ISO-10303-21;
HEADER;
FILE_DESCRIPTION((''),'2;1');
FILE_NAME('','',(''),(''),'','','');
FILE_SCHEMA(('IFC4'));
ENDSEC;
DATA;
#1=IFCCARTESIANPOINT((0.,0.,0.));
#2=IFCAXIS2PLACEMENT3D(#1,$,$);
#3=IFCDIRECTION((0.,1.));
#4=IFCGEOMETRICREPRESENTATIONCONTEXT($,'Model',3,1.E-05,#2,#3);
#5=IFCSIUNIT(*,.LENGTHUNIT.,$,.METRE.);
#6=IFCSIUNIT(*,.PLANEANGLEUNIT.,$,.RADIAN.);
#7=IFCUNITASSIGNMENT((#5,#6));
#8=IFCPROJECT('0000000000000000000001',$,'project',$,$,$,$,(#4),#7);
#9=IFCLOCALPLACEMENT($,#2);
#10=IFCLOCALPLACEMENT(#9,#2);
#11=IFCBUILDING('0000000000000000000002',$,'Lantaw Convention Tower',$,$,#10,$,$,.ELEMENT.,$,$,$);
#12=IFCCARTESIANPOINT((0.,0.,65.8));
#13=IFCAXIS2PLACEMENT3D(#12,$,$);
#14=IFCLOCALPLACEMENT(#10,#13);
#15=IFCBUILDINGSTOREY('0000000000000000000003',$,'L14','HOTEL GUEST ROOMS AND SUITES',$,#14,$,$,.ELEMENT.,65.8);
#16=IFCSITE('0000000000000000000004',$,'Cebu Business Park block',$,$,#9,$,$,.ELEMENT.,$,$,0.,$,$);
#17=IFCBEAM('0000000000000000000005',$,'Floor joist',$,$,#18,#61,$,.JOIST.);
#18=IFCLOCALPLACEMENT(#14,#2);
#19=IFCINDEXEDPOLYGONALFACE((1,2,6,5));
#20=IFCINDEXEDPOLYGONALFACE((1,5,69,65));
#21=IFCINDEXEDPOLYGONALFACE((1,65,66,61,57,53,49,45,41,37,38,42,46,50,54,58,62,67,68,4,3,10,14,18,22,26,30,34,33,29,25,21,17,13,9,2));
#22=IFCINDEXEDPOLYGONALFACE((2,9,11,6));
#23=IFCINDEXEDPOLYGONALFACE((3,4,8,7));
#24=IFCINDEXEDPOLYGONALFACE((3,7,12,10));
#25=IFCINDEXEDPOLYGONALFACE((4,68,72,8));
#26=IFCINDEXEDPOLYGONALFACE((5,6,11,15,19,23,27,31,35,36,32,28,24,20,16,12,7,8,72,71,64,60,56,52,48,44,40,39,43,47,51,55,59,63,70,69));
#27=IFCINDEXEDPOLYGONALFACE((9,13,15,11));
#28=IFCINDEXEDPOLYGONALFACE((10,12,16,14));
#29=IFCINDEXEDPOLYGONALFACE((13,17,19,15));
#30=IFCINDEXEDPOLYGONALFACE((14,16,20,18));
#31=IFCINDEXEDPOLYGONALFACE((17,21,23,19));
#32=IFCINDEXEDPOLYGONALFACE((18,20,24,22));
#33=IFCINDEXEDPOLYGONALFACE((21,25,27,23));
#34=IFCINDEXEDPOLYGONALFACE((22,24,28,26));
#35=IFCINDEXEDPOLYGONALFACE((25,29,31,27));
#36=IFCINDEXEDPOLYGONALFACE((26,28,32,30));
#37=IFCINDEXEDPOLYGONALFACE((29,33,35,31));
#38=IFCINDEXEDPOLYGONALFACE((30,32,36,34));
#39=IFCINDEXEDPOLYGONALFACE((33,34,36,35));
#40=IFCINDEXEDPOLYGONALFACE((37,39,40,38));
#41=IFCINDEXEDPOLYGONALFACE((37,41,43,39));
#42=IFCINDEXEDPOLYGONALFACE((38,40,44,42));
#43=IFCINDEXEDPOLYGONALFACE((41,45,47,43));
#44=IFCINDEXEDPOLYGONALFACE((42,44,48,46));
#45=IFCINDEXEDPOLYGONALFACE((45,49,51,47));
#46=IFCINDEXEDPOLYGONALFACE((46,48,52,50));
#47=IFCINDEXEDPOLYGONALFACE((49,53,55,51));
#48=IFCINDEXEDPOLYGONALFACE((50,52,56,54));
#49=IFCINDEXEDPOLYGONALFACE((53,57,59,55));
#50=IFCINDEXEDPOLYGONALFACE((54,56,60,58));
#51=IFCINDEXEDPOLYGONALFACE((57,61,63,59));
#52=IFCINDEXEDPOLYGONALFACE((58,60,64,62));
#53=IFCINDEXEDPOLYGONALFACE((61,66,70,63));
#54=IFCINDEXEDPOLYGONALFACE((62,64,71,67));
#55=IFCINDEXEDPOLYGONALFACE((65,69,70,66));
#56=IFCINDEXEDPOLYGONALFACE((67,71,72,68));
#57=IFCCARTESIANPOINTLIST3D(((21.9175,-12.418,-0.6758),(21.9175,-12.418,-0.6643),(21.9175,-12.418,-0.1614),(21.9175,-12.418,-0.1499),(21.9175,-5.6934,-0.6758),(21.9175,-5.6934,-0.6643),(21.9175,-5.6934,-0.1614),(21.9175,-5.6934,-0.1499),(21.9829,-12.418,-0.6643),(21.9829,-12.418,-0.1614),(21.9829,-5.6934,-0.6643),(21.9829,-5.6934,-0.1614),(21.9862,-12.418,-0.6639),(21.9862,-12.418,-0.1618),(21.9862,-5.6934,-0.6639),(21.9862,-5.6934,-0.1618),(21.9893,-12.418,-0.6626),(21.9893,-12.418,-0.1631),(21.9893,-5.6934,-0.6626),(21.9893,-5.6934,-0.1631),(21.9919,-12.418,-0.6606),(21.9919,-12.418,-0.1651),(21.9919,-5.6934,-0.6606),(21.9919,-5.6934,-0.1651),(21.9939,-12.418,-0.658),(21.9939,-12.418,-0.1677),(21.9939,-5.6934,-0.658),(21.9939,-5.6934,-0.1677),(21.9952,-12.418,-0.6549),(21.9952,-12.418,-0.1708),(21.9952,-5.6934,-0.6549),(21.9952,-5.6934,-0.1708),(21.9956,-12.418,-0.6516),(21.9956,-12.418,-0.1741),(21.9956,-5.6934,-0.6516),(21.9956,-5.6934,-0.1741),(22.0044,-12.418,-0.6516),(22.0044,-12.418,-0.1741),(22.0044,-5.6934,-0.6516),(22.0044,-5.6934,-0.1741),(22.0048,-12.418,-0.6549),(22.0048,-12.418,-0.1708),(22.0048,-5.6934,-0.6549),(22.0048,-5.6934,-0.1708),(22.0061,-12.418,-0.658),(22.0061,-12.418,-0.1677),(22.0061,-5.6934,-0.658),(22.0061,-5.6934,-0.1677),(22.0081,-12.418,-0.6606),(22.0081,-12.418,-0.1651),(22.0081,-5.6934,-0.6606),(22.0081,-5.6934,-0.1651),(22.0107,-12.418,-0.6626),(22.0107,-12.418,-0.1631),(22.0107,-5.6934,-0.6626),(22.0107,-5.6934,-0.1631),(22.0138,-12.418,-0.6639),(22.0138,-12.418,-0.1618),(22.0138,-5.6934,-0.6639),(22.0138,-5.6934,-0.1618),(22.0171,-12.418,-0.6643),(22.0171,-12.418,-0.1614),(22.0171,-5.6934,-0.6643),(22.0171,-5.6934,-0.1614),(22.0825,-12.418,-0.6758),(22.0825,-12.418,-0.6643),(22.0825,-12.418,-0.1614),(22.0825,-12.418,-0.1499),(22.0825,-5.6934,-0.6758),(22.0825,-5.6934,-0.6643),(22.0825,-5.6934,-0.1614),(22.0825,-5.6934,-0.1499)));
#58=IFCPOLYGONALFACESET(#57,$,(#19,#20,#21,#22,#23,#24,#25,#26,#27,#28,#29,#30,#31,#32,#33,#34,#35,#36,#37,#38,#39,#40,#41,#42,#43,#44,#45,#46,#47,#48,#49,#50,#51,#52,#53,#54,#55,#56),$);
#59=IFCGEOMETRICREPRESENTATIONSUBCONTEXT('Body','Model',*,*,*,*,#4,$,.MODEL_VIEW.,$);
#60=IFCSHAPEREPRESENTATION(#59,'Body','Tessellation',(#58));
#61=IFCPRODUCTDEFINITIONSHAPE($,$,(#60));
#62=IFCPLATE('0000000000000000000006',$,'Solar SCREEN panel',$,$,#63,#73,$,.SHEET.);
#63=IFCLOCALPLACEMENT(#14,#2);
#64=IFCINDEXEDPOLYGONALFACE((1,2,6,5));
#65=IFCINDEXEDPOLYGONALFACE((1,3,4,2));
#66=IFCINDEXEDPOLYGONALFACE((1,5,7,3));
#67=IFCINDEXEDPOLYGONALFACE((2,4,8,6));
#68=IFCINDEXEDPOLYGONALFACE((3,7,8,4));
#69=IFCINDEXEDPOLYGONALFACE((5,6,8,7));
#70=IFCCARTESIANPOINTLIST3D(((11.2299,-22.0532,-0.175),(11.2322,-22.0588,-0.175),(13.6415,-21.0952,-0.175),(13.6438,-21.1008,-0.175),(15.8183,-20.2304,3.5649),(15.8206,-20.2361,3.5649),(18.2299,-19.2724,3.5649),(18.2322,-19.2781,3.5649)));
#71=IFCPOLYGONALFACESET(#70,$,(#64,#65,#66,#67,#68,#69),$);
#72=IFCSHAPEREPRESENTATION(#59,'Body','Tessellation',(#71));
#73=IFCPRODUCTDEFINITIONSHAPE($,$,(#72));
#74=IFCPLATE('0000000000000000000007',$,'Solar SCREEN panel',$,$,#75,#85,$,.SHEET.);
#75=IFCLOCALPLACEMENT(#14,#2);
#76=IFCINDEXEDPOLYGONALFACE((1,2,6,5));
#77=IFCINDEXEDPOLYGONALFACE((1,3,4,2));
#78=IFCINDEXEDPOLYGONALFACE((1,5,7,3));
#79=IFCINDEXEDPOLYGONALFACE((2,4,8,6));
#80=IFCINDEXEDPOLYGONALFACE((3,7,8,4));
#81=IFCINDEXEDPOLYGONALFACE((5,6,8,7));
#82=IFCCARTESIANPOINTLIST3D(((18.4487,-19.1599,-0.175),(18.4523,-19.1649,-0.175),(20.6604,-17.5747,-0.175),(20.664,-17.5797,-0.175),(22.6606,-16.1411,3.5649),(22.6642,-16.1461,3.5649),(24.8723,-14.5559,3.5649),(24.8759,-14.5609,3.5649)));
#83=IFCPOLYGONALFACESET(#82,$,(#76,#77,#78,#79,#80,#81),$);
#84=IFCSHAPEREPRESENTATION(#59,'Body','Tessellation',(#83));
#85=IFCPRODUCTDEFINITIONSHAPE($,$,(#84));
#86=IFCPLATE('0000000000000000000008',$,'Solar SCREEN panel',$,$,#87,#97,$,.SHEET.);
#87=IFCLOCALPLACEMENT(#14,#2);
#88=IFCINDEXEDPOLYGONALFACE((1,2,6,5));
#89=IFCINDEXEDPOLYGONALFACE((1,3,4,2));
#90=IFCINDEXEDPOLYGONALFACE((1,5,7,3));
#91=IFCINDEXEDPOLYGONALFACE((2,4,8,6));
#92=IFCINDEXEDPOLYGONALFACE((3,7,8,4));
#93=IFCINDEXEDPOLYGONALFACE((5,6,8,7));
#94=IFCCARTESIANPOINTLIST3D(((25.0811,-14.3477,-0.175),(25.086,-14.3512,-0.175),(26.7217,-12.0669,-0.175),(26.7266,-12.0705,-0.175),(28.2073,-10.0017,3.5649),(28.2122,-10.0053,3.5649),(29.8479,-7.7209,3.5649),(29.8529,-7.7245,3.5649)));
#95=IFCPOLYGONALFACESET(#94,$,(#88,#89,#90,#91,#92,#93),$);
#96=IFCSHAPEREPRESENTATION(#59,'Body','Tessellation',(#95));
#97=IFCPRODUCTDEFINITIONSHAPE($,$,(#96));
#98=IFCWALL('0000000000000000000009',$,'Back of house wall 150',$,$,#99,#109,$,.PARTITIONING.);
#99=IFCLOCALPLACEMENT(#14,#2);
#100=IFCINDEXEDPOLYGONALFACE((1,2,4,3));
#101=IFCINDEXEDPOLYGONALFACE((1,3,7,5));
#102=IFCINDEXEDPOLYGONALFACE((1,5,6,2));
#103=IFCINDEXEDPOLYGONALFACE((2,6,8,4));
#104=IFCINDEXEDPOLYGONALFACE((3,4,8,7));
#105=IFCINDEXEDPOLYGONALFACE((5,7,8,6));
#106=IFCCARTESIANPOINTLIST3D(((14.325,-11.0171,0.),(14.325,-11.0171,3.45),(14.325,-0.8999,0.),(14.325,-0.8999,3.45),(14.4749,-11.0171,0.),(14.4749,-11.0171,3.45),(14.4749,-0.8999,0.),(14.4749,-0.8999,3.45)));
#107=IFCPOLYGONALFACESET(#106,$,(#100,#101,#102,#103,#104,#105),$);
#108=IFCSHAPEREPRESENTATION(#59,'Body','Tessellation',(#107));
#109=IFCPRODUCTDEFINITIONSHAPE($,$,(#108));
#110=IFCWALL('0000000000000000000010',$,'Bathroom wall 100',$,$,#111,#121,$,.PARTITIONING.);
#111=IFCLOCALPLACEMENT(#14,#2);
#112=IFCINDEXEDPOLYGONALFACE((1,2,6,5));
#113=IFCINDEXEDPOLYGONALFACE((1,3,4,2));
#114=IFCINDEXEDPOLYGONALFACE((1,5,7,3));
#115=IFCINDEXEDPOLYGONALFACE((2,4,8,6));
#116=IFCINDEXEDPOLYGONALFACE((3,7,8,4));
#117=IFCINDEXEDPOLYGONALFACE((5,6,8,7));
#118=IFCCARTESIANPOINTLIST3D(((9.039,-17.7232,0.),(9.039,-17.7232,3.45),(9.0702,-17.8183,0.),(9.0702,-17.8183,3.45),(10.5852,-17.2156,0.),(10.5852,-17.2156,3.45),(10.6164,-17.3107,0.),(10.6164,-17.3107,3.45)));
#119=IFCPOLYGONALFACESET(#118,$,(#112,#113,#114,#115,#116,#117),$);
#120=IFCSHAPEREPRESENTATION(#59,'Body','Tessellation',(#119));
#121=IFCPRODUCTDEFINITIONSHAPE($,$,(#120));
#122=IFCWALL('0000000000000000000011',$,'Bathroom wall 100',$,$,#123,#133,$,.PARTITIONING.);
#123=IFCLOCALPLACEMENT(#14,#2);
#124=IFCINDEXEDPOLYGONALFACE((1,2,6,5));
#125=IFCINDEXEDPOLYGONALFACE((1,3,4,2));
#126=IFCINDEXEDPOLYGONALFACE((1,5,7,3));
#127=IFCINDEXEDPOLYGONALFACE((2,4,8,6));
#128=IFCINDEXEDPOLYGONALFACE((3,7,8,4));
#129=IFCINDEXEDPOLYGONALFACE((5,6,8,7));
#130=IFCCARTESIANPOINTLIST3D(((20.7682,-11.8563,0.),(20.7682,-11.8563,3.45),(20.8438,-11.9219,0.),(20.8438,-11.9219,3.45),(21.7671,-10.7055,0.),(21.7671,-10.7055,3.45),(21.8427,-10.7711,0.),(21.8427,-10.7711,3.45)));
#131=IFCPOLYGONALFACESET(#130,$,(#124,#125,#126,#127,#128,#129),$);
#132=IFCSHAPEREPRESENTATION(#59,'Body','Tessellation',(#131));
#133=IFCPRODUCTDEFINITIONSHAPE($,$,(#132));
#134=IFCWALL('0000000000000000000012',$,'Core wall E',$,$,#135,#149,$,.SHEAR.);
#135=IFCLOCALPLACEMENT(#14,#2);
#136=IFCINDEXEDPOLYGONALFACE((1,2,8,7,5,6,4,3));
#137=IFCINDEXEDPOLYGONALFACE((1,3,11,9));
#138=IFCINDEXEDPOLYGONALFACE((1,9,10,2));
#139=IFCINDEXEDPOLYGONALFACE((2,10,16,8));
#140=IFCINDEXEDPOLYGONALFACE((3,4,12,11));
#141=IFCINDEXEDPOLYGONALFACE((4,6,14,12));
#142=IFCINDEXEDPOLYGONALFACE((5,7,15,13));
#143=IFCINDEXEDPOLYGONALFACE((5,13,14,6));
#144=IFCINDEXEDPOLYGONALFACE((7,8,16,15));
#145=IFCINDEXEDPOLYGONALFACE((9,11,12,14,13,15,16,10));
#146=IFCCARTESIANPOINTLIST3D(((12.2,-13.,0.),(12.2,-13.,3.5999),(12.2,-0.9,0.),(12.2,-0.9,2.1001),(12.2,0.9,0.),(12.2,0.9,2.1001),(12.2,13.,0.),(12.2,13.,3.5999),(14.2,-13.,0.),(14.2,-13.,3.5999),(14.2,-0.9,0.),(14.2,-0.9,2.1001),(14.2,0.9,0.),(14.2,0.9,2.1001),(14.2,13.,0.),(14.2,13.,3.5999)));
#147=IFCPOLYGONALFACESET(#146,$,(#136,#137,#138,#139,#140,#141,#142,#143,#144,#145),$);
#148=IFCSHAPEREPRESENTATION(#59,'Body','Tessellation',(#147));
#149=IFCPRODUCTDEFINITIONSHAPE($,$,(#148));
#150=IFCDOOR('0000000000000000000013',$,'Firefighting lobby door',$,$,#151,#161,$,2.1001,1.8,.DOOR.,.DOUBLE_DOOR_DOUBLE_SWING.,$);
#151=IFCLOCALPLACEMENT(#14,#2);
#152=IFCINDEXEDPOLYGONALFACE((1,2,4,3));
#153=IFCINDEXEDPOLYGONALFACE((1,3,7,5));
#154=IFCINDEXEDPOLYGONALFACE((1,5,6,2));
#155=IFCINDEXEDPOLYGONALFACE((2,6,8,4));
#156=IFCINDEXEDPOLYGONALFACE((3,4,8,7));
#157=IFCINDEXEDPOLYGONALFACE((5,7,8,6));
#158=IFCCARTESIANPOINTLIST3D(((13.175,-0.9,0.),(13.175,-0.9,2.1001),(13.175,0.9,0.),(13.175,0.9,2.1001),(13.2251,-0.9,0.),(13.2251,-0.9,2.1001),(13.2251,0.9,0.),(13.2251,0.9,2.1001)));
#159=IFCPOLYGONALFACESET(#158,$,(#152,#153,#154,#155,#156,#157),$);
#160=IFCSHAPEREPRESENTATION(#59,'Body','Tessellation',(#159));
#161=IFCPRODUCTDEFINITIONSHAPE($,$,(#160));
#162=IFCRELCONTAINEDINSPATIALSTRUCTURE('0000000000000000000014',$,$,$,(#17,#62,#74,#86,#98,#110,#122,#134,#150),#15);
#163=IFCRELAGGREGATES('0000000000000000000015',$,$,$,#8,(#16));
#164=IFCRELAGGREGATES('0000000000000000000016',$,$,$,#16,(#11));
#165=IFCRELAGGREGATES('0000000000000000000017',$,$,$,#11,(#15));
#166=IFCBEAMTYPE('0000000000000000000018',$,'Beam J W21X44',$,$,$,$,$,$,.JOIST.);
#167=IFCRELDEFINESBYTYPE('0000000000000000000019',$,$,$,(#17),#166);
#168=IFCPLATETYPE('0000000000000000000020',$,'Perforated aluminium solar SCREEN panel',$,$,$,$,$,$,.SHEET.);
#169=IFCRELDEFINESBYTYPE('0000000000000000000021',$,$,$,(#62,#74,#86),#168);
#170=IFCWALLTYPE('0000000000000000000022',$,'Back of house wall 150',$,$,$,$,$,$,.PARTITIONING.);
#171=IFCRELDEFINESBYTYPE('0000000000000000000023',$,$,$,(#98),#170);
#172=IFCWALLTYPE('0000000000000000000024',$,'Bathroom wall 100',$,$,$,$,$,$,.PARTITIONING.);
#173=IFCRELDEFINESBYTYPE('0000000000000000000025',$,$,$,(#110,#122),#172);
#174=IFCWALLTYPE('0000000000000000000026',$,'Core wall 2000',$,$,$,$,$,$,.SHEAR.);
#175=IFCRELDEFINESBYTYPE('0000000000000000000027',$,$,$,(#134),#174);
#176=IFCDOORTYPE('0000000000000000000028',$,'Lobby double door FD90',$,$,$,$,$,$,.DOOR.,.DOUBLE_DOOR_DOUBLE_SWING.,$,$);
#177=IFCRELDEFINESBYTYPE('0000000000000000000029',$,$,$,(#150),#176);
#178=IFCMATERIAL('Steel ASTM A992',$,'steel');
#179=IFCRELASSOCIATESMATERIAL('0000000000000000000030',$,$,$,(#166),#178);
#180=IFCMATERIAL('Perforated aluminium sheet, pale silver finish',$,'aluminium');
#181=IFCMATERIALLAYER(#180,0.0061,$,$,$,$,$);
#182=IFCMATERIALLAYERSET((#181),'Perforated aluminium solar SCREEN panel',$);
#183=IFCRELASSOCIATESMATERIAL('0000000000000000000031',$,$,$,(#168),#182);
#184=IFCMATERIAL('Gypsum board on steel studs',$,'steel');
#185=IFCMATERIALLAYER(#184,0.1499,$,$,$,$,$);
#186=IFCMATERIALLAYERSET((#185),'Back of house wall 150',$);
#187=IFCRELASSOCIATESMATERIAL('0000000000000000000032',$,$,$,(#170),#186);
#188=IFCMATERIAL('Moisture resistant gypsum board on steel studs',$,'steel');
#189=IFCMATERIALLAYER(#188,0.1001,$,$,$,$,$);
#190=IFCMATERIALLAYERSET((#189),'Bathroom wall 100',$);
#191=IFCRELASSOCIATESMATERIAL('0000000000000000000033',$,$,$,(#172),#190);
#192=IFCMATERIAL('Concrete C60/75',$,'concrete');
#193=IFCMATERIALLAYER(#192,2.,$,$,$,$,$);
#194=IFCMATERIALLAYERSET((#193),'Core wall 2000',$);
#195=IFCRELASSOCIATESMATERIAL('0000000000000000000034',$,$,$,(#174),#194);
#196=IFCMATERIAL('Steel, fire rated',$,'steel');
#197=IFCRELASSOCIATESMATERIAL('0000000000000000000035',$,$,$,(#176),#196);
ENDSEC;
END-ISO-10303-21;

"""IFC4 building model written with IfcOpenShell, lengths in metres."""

from ifc_helpers import new_model, si_unit, direction, frame, frame_2d, origin, origin_2d, place, context, subcontext, project, spatial, polyline, rectangle, i_section, outline, extrude, material, layer, layer_set, material_profile, profile_set, type_object, element, fill, save


model = new_model("IFC4")

# Units and contexts
model_context = context("Model", 3, precision=1e-05, world=origin(), true_north=direction((0.0, 1.0)))
body_context = subcontext(model_context, "Body", "Model", "MODEL_VIEW")
ifc_project = project(units=[si_unit("LENGTHUNIT", "METRE"), si_unit("PLANEANGLEUNIT", "RADIAN")], contexts=[model_context])

# Site, building, storey
site_placement = place(None, origin())
site = spatial("IfcSite", under=ifc_project, at=site_placement, Name="Cebu Business Park block", CompositionType="ELEMENT", RefElevation=0.0)
building_placement = place(site_placement, origin())
building = spatial("IfcBuilding", under=site, at=building_placement, Name="Lantaw Convention Tower", CompositionType="ELEMENT")
storey_placement = place(building_placement, frame((0.0, 0.0, 65.8)))
storey = spatial("IfcBuildingStorey", under=building, at=storey_placement, Name="L14", Description="HOTEL GUEST ROOMS AND SUITES", CompositionType="ELEMENT", Elevation=65.8)

# Shared definitions
ifc_material_1 = material(Name="Concrete C60/75", Category="concrete")

# Beam
ifc_material_2 = material(Name="Steel ASTM A992", Category="steel")
ifc_material_profile_1 = material_profile(ifc_material_2, i_section(OverallWidth=0.165, OverallDepth=0.5259, WebThickness=0.0088, FlangeThickness=0.0115, FilletRadius=0.0127, at=origin_2d()), Name="W21X44")
ifc_profile_set_1 = profile_set([ifc_material_profile_1], Name="Steel ASTM A992")
beam_type_1 = type_object("IfcBeamType", Name="Beam J W21X44", PredefinedType="JOIST", material=ifc_profile_set_1)
beam_1_placement = place(storey_placement, frame((22.0, -12.418, -0.4128), z_axis=(0.0, 1.0, 0.0), x_axis=(-1.0, 0.0, 0.0)))
element("IfcBeam", 1, at=beam_1_placement, inside=storey, type_object=beam_type_1, Name="Floor joist", PredefinedType="JOIST", context=body_context, shape_type="SweptSolid", body=[
    extrude(i_section(OverallWidth=0.165, OverallDepth=0.5259, WebThickness=0.0088, FlangeThickness=0.0115, FilletRadius=0.0127, at=origin_2d()), origin(), (0.0, 0.0, 1.0), 6.7246),
])

# Plates
ifc_material_3 = material(Name="Perforated aluminium sheet, pale silver finish", Category="aluminium")
ifc_layer_1 = layer(ifc_material_3, 0.0061)
ifc_layer_set_1 = layer_set([ifc_layer_1], Name="Perforated aluminium solar SCREEN panel")
plate_type = type_object("IfcPlateType", Name="Perforated aluminium solar SCREEN panel", PredefinedType="SHEET", material=ifc_layer_set_1)
plate_1_placement = place(storey_placement, frame((11.2322, -22.0588, -0.175), z_axis=(0.369184, -0.929357, 0.000009), x_axis=(0.929357, 0.369184, 0.0)))
element("IfcPlate", 2, at=plate_1_placement, inside=storey, type_object=plate_type, Name="Solar SCREEN panel", PredefinedType="SHEET", context=body_context, shape_type="SweptSolid", body=[
    extrude(outline(polyline([(0.0, 0.0), (2.5949, 0.0), (7.5321, 3.74), (4.9372, 3.74), (0.0, 0.0)])), origin(), (0.0, 0.0, -1.0), 0.0061),
])
plate_2_placement = place(storey_placement, frame((18.4487, -19.1599, -0.175), z_axis=(-0.582561, 0.812787, 0.000016), x_axis=(0.812787, 0.582561, 0.0)))
element("IfcPlate", 3, at=plate_2_placement, inside=storey, type_object=plate_type, Name="Solar SCREEN panel", PredefinedType="SHEET", context=body_context, shape_type="SweptSolid", body=[
    extrude(outline(polyline([(0.0, 0.0), (2.7211, 0.0), (7.9031, -3.74), (5.182, -3.74), (0.0, 0.0)])), origin(), (0.0, 0.0, -1.0), 0.0061),
])
plate_3_placement = place(storey_placement, frame((25.0811, -14.3477, -0.175), z_axis=(-0.811791, 0.583948, 0.000009), x_axis=(0.583948, 0.811791, 0.0)))
element("IfcPlate", 4, at=plate_3_placement, inside=storey, type_object=plate_type, Name="Solar SCREEN panel", PredefinedType="SHEET", context=body_context, shape_type="SweptSolid", body=[
    extrude(outline(polyline([(0.0, 0.0), (2.8095, 0.0), (8.1631, -3.74), (5.3536, -3.74), (0.0, 0.0)])), origin(), (0.0, 0.0, -1.0), 0.0061),
])

# Walls
ifc_material_4 = material(Name="Gypsum board on steel studs", Category="steel")
ifc_layer_2 = layer(ifc_material_4, 0.1499)
ifc_layer_set_2 = layer_set([ifc_layer_2], Name="Back of house wall 150")
wall_type_1 = type_object("IfcWallType", Name="Back of house wall 150", PredefinedType="PARTITIONING", material=ifc_layer_set_2)
wall_1_placement = place(storey_placement, frame((14.3999, -11.0171, 0.0), z_axis=(0.0, 0.0, 1.0), x_axis=(0.0, 1.0, 0.0)))
element("IfcWall", 5, at=wall_1_placement, inside=storey, type_object=wall_type_1, Name="Back of house wall 150", PredefinedType="PARTITIONING", context=body_context, shape_type="SweptSolid", body=[
    extrude(rectangle(XDim=10.1172, YDim=0.1499, at=frame_2d((5.0586, 0.0))), origin(), (0.0, 0.0, 1.0), 3.45),
])
ifc_material_5 = material(Name="Moisture resistant gypsum board on steel studs", Category="steel")
ifc_layer_3 = layer(ifc_material_5, 0.1001)
ifc_layer_set_3 = layer_set([ifc_layer_3], Name="Bathroom wall 100")
wall_type_2 = type_object("IfcWallType", Name="Bathroom wall 100", PredefinedType="PARTITIONING", material=ifc_layer_set_3)
wall_2_placement = place(storey_placement, frame((10.6008, -17.2632, 0.0), z_axis=(0.0, 0.0, 1.0), x_axis=(-0.950114, -0.311904, 0.0)))
element("IfcWall", 6, at=wall_2_placement, inside=storey, type_object=wall_type_2, Name="Bathroom wall 100", PredefinedType="PARTITIONING", context=body_context, shape_type="SweptSolid", body=[
    extrude(rectangle(XDim=1.6274, YDim=0.1001, at=frame_2d((0.8137, 0.0))), origin(), (0.0, 0.0, 1.0), 3.45),
])
wall_3_placement = place(storey_placement, frame((21.8049, -10.7383, 0.0), z_axis=(0.0, 0.0, 1.0), x_axis=(-0.655528, -0.755171, 0.0)))
element("IfcWall", 7, at=wall_3_placement, inside=storey, type_object=wall_type_2, Name="Bathroom wall 100", PredefinedType="PARTITIONING", context=body_context, shape_type="SweptSolid", body=[
    extrude(rectangle(XDim=1.5239, YDim=0.1001, at=frame_2d((0.762, 0.0))), origin(), (0.0, 0.0, 1.0), 3.45),
])

# Wall, opening, door
ifc_layer_4 = layer(ifc_material_1, 2.0)
ifc_layer_set_4 = layer_set([ifc_layer_4], Name="Core wall 2000")
wall_type_3 = type_object("IfcWallType", Name="Core wall 2000", PredefinedType="SHEAR", material=ifc_layer_set_4)
wall_4_placement = place(storey_placement, frame((13.2, -13.0, 0.0), z_axis=(0.0, 0.0, 1.0), x_axis=(0.0, 1.0, 0.0)))
wall_4 = element("IfcWall", 8, at=wall_4_placement, inside=storey, type_object=wall_type_3, Name="Core wall E", PredefinedType="SHEAR", context=body_context, shape_type="SweptSolid", body=[
    extrude(rectangle(XDim=26.0, YDim=2.0, at=frame_2d((13.0, 0.0))), origin(), (0.0, 0.0, 1.0), 3.5999),
])
opening_1_placement = place(wall_4_placement, frame((12.1001, 0.0, 0.0)))
opening_1 = element("IfcOpeningElement", 9, at=opening_1_placement, cuts=wall_4, PredefinedType="OPENING", context=body_context, shape_type="SweptSolid", body=[
    extrude(rectangle(XDim=1.8, YDim=2.1001, at=frame_2d((0.8999, 1.05))), frame((0.0, 1.01, 0.0), z_axis=(0.0, -1.0, 0.0), x_axis=(1.0, 0.0, 0.0)), (0.0, 0.0, 1.0), 2.02),
])
ifc_material_6 = material(Name="Steel, fire rated", Category="steel")
door_type_1 = type_object("IfcDoorType", Name="Lobby double door FD90", OperationType="DOUBLE_DOOR_DOUBLE_SWING", PredefinedType="DOOR", material=ifc_material_6)
door_1_placement = place(opening_1_placement, origin())
door_1 = element("IfcDoor", 10, at=door_1_placement, inside=storey, type_object=door_type_1, Name="Firefighting lobby door", OperationType="DOUBLE_DOOR_DOUBLE_SWING", OverallHeight=2.1001, OverallWidth=1.8, PredefinedType="DOOR", context=body_context, shape_type="SweptSolid", body=[
    extrude(rectangle(XDim=1.8, YDim=2.1001, at=frame_2d((0.8999, 1.05))), frame((0.0, 0.0249, 0.0), z_axis=(0.0, -1.0, 0.0), x_axis=(1.0, 0.0, 0.0)), (0.0, 0.0, 1.0), 0.05),
])
fill(opening_1, door_1)

save(model, "model.ifc")
